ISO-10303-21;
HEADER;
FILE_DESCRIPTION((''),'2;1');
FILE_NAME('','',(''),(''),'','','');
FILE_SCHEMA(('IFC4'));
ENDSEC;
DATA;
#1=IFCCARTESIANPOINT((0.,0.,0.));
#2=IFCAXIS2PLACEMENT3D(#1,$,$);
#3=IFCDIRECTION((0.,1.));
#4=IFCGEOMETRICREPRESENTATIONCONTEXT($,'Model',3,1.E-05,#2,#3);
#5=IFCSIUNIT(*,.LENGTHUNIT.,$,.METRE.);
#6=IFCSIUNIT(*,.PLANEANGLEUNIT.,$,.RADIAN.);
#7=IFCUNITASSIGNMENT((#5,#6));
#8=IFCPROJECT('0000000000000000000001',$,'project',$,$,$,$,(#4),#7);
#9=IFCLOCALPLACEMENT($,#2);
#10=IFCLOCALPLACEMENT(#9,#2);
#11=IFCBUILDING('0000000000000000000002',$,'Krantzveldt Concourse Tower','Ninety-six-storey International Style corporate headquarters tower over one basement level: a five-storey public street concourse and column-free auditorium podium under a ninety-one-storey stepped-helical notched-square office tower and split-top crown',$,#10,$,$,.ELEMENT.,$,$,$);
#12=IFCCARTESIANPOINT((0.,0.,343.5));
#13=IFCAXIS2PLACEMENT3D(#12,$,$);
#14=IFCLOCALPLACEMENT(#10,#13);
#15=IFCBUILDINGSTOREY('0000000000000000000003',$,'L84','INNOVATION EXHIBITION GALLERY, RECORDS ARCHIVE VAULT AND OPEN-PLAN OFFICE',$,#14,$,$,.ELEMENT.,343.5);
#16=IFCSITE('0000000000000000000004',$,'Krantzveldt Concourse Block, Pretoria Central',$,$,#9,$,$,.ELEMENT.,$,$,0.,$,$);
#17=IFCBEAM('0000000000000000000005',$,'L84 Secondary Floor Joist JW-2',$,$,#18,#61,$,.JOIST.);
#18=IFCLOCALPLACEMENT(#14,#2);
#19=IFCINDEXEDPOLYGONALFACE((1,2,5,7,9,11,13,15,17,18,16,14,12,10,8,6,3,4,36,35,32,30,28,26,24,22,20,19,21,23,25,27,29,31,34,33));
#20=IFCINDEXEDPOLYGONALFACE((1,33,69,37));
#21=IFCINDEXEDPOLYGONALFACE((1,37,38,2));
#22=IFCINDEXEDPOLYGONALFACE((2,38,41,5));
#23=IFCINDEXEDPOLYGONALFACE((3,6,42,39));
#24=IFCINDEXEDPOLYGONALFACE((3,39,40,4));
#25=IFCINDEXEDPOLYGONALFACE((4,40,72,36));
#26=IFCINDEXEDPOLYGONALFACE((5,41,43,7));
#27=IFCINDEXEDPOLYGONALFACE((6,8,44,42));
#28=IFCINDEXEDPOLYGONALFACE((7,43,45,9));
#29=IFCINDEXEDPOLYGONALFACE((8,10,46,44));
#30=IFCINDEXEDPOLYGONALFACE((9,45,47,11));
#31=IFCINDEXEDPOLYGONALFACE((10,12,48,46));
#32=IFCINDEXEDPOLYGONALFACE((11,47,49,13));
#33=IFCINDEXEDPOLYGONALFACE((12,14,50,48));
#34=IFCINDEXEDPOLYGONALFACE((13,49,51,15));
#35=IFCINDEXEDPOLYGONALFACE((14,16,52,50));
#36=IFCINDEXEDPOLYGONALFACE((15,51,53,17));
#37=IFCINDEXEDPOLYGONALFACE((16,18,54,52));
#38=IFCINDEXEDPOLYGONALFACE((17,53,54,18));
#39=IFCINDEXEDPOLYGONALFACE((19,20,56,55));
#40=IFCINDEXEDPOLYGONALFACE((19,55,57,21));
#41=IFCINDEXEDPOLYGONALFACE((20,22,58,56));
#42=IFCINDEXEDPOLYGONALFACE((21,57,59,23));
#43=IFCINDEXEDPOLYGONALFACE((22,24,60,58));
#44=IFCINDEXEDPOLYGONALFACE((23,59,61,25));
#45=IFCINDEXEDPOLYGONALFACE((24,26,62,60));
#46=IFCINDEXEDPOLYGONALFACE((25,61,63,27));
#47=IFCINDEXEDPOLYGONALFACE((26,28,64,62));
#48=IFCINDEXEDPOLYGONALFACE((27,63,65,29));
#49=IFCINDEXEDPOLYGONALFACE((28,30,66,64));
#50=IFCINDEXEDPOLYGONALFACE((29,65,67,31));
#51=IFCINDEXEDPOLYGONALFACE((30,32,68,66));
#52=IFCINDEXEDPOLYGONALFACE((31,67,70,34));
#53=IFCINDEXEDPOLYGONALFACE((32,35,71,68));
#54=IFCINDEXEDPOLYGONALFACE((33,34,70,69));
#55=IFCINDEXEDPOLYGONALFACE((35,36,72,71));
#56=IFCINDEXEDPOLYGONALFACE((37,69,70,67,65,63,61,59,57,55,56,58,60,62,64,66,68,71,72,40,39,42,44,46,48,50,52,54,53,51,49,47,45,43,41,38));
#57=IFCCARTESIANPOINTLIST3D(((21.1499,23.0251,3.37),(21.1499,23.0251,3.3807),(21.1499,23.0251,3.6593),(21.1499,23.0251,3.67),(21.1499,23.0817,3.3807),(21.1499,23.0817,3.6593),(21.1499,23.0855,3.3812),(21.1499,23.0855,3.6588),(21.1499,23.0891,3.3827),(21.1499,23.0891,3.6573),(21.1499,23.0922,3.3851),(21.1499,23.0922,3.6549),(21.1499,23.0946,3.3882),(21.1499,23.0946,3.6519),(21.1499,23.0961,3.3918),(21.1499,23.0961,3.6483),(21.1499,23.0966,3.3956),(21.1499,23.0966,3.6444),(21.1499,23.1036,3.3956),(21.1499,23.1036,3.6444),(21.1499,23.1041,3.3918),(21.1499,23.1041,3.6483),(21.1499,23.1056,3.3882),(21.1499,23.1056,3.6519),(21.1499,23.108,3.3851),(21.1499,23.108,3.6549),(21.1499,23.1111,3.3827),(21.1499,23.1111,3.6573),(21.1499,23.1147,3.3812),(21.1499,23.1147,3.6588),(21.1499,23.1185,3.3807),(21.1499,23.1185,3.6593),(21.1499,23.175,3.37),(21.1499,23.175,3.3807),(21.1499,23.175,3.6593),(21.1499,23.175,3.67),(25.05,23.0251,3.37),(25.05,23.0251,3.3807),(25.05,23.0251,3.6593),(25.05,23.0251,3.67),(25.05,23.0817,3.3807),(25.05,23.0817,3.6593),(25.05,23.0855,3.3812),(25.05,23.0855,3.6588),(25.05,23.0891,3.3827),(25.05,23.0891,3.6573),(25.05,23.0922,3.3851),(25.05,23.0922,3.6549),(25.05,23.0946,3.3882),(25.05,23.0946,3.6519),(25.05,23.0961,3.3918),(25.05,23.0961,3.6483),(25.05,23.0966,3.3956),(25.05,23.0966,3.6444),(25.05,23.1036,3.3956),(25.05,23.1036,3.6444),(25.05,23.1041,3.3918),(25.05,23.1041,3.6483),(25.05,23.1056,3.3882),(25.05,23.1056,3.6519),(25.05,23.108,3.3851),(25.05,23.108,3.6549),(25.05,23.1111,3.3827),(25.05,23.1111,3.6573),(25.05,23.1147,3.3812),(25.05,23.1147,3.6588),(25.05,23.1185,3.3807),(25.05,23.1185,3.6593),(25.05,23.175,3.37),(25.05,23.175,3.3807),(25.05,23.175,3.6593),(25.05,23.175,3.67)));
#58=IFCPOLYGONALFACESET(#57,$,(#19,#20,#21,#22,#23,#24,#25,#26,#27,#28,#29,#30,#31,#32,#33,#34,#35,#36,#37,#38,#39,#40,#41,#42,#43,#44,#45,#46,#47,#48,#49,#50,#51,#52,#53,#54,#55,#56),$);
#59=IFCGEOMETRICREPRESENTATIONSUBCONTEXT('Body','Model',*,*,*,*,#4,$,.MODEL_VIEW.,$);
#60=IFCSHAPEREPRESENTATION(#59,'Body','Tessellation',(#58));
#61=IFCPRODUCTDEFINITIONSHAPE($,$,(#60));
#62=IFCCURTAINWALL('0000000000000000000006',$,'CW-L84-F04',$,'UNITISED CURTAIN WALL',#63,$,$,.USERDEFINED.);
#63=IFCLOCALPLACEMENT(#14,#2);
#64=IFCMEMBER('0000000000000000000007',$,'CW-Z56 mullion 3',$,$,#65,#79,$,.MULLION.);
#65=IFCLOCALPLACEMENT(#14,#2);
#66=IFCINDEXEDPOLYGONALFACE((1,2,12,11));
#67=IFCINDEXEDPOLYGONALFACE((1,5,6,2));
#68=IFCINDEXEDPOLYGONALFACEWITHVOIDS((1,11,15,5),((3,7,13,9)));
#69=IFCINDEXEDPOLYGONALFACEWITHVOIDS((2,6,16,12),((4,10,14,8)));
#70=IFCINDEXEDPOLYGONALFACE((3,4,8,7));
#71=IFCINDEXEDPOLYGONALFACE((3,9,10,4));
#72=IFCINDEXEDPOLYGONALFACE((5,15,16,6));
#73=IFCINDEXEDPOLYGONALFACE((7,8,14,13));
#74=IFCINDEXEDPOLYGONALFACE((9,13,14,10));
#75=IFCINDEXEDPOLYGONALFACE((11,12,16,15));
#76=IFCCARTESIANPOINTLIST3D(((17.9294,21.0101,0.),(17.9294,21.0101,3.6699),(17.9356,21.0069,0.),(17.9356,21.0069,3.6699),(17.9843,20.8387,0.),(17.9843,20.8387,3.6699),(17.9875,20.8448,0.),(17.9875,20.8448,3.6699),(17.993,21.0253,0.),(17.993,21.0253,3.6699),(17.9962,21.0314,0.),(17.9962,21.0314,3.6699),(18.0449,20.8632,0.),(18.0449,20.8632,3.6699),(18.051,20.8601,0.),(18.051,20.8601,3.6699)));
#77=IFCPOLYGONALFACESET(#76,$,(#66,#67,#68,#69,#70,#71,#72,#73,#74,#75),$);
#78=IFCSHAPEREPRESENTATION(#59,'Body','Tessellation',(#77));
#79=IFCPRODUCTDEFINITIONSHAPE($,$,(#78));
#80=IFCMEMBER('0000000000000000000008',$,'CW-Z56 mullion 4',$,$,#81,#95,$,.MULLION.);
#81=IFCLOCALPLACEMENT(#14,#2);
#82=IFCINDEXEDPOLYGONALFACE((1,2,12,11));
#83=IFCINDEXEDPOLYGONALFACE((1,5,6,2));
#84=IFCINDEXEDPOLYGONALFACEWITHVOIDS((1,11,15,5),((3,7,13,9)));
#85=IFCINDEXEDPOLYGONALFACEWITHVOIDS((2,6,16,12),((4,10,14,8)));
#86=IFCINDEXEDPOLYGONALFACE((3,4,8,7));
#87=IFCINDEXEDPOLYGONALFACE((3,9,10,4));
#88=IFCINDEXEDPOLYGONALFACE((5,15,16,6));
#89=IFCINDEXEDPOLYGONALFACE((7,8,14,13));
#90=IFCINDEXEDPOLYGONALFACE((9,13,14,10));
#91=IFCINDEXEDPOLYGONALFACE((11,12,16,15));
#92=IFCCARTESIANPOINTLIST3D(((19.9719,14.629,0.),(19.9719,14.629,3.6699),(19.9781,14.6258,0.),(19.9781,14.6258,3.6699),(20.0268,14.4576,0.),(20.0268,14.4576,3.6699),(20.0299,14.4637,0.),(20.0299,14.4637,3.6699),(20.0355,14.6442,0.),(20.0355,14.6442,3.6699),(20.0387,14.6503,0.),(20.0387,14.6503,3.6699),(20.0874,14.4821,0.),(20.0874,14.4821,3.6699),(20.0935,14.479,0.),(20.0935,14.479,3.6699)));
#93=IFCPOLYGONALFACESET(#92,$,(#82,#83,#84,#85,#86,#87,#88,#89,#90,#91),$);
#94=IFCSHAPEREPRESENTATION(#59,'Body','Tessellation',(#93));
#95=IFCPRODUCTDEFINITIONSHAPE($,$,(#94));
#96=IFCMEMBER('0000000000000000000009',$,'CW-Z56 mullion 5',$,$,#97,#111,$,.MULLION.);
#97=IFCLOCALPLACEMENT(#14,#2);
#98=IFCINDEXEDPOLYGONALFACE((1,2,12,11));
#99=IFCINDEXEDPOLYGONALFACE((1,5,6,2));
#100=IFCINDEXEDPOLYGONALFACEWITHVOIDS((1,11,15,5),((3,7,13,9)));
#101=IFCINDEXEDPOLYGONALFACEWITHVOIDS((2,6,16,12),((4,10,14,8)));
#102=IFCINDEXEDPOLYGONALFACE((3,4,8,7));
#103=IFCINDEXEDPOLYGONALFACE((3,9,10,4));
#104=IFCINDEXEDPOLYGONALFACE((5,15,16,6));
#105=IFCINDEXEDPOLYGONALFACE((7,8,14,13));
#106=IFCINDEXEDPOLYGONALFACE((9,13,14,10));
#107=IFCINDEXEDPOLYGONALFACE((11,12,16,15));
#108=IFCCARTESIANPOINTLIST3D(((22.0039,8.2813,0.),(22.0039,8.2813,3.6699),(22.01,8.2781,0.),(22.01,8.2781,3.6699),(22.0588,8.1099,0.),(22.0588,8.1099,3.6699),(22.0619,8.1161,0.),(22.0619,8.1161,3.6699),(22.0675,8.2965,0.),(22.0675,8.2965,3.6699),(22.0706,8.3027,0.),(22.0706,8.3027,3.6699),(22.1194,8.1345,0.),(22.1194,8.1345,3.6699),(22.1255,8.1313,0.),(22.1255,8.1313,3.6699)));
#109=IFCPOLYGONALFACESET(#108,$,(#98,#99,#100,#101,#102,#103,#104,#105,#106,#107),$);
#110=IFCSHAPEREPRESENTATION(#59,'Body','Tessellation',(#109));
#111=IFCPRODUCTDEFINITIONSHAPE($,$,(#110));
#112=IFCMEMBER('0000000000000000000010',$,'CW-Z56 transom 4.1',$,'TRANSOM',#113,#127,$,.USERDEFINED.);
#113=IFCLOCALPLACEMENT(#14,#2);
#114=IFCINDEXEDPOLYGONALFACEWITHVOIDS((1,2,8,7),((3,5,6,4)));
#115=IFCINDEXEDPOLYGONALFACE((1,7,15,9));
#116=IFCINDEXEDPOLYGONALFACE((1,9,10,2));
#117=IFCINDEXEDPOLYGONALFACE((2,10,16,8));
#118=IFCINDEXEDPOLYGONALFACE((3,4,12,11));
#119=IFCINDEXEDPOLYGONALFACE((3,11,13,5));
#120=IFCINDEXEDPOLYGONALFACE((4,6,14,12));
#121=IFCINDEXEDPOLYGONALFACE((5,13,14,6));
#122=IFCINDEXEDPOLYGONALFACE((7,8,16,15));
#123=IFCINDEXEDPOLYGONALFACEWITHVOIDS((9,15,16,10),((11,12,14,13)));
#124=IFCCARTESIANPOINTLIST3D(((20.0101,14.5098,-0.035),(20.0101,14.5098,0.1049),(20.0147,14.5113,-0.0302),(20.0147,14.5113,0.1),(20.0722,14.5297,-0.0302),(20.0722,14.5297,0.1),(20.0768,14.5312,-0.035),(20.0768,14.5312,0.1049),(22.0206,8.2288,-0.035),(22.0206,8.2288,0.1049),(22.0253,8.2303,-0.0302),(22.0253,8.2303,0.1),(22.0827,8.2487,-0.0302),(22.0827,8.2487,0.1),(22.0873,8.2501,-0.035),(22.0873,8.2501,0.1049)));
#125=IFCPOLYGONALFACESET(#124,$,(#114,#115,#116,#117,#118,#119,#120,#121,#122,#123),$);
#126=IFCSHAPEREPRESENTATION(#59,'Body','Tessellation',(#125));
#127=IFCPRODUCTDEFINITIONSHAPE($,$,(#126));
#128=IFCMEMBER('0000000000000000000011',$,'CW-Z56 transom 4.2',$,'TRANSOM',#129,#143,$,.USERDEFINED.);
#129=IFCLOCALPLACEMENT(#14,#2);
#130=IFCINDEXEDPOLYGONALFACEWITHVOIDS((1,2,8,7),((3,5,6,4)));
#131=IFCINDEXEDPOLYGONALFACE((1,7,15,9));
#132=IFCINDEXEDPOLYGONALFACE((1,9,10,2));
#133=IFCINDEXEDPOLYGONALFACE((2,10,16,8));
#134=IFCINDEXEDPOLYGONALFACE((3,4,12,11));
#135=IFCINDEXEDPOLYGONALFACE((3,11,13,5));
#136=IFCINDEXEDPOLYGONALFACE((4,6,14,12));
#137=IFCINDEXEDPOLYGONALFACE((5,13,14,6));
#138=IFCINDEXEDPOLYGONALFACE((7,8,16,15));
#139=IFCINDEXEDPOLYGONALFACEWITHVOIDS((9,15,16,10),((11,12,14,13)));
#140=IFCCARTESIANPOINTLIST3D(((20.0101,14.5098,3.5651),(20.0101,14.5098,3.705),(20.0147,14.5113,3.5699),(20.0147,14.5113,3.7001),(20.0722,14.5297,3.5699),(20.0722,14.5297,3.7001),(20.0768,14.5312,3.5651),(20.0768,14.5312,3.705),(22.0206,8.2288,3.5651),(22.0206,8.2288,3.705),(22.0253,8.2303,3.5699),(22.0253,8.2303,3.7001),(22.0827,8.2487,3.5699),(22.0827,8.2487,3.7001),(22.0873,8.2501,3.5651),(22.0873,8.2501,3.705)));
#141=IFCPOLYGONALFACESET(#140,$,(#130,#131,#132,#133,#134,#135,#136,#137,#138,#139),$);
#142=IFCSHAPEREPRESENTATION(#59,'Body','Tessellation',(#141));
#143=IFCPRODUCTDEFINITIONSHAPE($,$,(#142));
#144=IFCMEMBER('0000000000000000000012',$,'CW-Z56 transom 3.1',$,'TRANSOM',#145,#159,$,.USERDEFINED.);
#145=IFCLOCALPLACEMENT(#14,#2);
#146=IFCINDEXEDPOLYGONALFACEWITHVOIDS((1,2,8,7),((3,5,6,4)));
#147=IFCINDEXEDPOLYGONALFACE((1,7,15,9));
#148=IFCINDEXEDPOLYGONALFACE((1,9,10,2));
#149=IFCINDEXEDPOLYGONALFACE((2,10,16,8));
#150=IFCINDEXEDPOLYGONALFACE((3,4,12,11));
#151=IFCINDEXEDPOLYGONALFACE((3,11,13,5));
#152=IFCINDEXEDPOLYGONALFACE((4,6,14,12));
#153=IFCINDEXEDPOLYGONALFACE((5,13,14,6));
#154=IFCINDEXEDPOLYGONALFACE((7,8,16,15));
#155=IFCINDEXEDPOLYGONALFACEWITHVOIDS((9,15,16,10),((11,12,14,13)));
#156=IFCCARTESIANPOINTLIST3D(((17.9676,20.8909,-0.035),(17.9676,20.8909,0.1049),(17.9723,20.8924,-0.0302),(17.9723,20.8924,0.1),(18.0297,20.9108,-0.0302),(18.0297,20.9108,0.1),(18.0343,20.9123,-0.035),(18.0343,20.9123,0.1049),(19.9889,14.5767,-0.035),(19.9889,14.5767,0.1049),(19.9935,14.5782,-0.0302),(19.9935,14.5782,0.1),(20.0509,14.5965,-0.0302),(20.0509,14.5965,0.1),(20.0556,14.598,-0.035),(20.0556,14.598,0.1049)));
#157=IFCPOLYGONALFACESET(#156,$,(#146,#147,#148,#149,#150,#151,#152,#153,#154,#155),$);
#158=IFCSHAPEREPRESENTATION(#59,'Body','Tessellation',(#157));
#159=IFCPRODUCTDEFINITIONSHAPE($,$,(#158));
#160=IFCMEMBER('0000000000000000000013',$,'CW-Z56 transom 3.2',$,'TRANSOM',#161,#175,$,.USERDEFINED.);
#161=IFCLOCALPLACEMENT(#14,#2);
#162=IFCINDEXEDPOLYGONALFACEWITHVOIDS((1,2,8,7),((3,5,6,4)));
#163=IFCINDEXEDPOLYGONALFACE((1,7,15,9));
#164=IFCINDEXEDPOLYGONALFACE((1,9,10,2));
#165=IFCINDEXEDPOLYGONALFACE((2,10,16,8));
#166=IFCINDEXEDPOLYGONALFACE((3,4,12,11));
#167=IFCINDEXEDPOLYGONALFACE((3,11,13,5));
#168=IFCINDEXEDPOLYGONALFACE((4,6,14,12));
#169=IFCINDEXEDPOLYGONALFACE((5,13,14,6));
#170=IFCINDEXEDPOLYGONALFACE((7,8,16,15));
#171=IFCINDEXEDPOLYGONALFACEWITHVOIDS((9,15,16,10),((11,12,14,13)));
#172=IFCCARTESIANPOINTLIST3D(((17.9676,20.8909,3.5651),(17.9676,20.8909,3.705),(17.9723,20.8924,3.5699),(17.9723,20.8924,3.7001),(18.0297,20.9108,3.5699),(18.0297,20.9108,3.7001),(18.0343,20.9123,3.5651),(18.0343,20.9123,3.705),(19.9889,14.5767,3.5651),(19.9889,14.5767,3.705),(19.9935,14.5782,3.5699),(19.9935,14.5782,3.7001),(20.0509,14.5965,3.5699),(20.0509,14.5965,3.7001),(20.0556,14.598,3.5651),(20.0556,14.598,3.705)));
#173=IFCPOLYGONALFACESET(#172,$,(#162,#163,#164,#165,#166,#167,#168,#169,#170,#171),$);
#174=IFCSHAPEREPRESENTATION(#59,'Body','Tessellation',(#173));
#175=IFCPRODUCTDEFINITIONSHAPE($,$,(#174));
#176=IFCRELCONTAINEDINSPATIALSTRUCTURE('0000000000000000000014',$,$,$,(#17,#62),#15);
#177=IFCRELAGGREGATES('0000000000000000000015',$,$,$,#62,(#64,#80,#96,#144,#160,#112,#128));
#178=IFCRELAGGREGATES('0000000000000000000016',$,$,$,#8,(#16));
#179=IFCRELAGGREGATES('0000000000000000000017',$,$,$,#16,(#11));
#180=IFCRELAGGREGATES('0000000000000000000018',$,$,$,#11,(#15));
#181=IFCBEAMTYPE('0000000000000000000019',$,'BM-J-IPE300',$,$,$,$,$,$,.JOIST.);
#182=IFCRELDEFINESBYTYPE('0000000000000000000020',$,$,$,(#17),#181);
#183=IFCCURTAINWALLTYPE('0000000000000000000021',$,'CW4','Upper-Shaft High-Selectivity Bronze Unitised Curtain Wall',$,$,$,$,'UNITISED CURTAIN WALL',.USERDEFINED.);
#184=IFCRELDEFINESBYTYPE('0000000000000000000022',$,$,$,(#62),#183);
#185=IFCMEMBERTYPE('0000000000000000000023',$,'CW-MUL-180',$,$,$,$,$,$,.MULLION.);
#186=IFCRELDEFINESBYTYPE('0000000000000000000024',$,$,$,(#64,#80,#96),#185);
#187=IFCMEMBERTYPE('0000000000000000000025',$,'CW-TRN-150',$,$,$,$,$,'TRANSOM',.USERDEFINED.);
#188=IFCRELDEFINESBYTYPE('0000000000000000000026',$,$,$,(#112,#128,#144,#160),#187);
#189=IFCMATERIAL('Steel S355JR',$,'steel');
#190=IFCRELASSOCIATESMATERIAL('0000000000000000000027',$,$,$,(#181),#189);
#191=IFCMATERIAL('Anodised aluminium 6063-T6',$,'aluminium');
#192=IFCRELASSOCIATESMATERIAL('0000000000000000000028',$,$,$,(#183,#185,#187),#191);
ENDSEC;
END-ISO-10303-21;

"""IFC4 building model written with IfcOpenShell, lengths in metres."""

from ifc_helpers import new_model, si_unit, direction, frame, origin, origin_2d, place, context, subcontext, project, spatial, hollow_rectangle, i_section, extrude, source, transform, mapped, material, material_profile, profile_set, type_object, type_shapes, element, aggregate, save


model = new_model("IFC4")

# Units and contexts
model_context = context("Model", 3, precision=1e-05, world=origin(), true_north=direction((0.0, 1.0)))
body_context = subcontext(model_context, "Body", "Model", "MODEL_VIEW")
ifc_project = project(units=[si_unit("LENGTHUNIT", "METRE"), si_unit("PLANEANGLEUNIT", "RADIAN")], contexts=[model_context])

# Site, building, storey
site_placement = place(None, origin())
site = spatial("IfcSite", under=ifc_project, at=site_placement, Name="Krantzveldt Concourse Block, Pretoria Central", CompositionType="ELEMENT", RefElevation=0.0)
building_placement = place(site_placement, origin())
building = spatial("IfcBuilding", under=site, at=building_placement, Name="Krantzveldt Concourse Tower", Description="Ninety-six-storey International Style corporate headquarters tower over one basement level: a five-storey public street concourse and column-free auditorium podium under a ninety-one-storey stepped-helical notched-square office tower and split-top crown", CompositionType="ELEMENT")
storey_placement = place(building_placement, frame((0.0, 0.0, 343.5)))
storey = spatial("IfcBuildingStorey", under=building, at=storey_placement, Name="L84", Description="INNOVATION EXHIBITION GALLERY, RECORDS ARCHIVE VAULT AND OPEN-PLAN OFFICE", CompositionType="ELEMENT", Elevation=343.5)

# Beam
ifc_material_1 = material(Name="Steel S355JR", Category="steel")
ifc_material_profile_1 = material_profile(ifc_material_1, i_section(OverallWidth=0.1499, OverallDepth=0.3, WebThickness=0.0071, FlangeThickness=0.0107, FilletRadius=0.0149, at=origin_2d()), Name="Steel S355JR", Category="steel")
ifc_profile_set_1 = profile_set([ifc_material_profile_1], Name="Steel S355JR - IPE 300")
beam_type_1 = type_object("IfcBeamType", Name="BM-J-IPE300", PredefinedType="JOIST", material=ifc_profile_set_1)
shared_shape_1 = source(origin(), body_context, "Body", "SweptSolid", [
    extrude(i_section(OverallWidth=0.1499, OverallDepth=0.3, WebThickness=0.0071, FlangeThickness=0.0107, FilletRadius=0.0149, at=origin_2d()), origin(), (0.0, 0.0, 1.0), 3.9001),
])
type_shapes(beam_type_1, [shared_shape_1])
for number, where, z_axis, x_axis, name in (
    (1, (21.1499, 23.1001, 3.52), (1.0, 0.0, 0.0), (0.0, 1.0, 0.0), "L84 Secondary Floor Joist JW-2"),
):
    element("IfcBeam", number, at=place(storey_placement, frame(where, z_axis=z_axis, x_axis=x_axis)), inside=storey, type_object=beam_type_1, Name=name, PredefinedType="JOIST", context=body_context, shape_type="MappedRepresentation", body=[
        mapped(shared_shape_1, transform((0.0, 0.0, 0.0), x_axis=(1.0, 0.0, 0.0), y_axis=(0.0, 1.0, 0.0), z_axis=(0.0, 0.0, 1.0), scale=1.0)),
    ])

# Curtain wall, members
ifc_material_2 = material(Name="Anodised aluminium 6063-T6", Category="aluminium")
curtain_wall_type = type_object("IfcCurtainWallType", Name="CW4", Description="Upper-Shaft High-Selectivity Bronze Unitised Curtain Wall", ElementType="UNITISED CURTAIN WALL", PredefinedType="USERDEFINED", material=ifc_material_2)
curtain_wall_placement = place(storey_placement, origin())
curtain_wall = element("IfcCurtainWall", 2, at=curtain_wall_placement, inside=storey, type_object=curtain_wall_type, Name="CW-L84-F04", ObjectType="UNITISED CURTAIN WALL", PredefinedType="USERDEFINED")
ifc_material_profile_2 = material_profile(ifc_material_2, hollow_rectangle(XDim=0.0701, YDim=0.1799, WallThickness=0.0049, at=origin_2d()), Name="Anodised aluminium 6063-T6", Category="aluminium")
ifc_profile_set_2 = profile_set([ifc_material_profile_2], Name="Anodised aluminium 6063-T6 - ALU-MULL 180x70x5")
member_type_1 = type_object("IfcMemberType", Name="CW-MUL-180", PredefinedType="MULLION", material=ifc_profile_set_2)
shared_shape_2 = source(origin(), body_context, "Body", "SweptSolid", [
    extrude(hollow_rectangle(XDim=0.0701, YDim=0.1799, WallThickness=0.0049, at=origin_2d()), origin(), (0.0, 0.0, 1.0), 3.6699),
])
type_shapes(member_type_1, [shared_shape_2])
member_1_placement = place(storey_placement, frame((17.9902, 20.9351, 0.0), z_axis=(0.0, 0.0, 1.0), x_axis=(0.952396, 0.304864, 0.0)))
member_1 = element("IfcMember", 3, at=member_1_placement, type_object=member_type_1, Name="CW-Z56 mullion 3", PredefinedType="MULLION", context=body_context, shape_type="MappedRepresentation", body=[
    mapped(shared_shape_2, transform((0.0, 0.0, 0.0), x_axis=(1.0, 0.0, 0.0), y_axis=(0.0, 1.0, 0.0), z_axis=(0.0, 0.0, 1.0), scale=1.0)),
])
member_2_placement = place(storey_placement, frame((20.0327, 14.554, 0.0), z_axis=(0.0, 0.0, 1.0), x_axis=(0.952396, 0.304864, 0.0)))
member_2 = element("IfcMember", 4, at=member_2_placement, type_object=member_type_1, Name="CW-Z56 mullion 4", PredefinedType="MULLION", context=body_context, shape_type="MappedRepresentation", body=[
    mapped(shared_shape_2, transform((0.0, 0.0, 0.0), x_axis=(1.0, 0.0, 0.0), y_axis=(0.0, 1.0, 0.0), z_axis=(0.0, 0.0, 1.0), scale=1.0)),
])
member_3_placement = place(storey_placement, frame((22.0647, 8.2063, 0.0), z_axis=(0.0, 0.0, 1.0), x_axis=(0.952396, 0.304864, 0.0)))
member_3 = element("IfcMember", 5, at=member_3_placement, type_object=member_type_1, Name="CW-Z56 mullion 5", PredefinedType="MULLION", context=body_context, shape_type="MappedRepresentation", body=[
    mapped(shared_shape_2, transform((0.0, 0.0, 0.0), x_axis=(1.0, 0.0, 0.0), y_axis=(0.0, 1.0, 0.0), z_axis=(0.0, 0.0, 1.0), scale=1.0)),
])
ifc_material_profile_3 = material_profile(ifc_material_2, hollow_rectangle(XDim=0.0701, YDim=0.1399, WallThickness=0.0049, at=origin_2d()), Name="Anodised aluminium 6063-T6", Category="aluminium")
ifc_profile_set_3 = profile_set([ifc_material_profile_3], Name="Anodised aluminium 6063-T6 - ALU-TRAN 140x70x5")
member_type_2 = type_object("IfcMemberType", Name="CW-TRN-150", ElementType="TRANSOM", PredefinedType="USERDEFINED", material=ifc_profile_set_3)
shared_shape_3 = source(origin(), body_context, "Body", "SweptSolid", [
    extrude(hollow_rectangle(XDim=0.0701, YDim=0.1399, WallThickness=0.0049, at=origin_2d()), origin(), (0.0, 0.0, 1.0), 6.595),
])
member_4_placement = place(storey_placement, frame((20.0435, 14.5205, 0.0349), z_axis=(0.304855, -0.952399, 0.0), x_axis=(0.952399, 0.304855, 0.0)))
member_4 = element("IfcMember", 6, at=member_4_placement, type_object=member_type_2, Name="CW-Z56 transom 4.1", ObjectType="TRANSOM", PredefinedType="USERDEFINED", context=body_context, shape_type="MappedRepresentation", body=[
    mapped(shared_shape_3, transform((0.0, 0.0, 0.0), x_axis=(1.0, 0.0, 0.0), y_axis=(0.0, 1.0, 0.0), z_axis=(0.0, 0.0, 1.0), scale=1.0)),
])
member_5_placement = place(storey_placement, frame((20.0435, 14.5205, 3.635), z_axis=(0.304855, -0.952399, 0.0), x_axis=(0.952399, 0.304855, 0.0)))
member_5 = element("IfcMember", 7, at=member_5_placement, type_object=member_type_2, Name="CW-Z56 transom 4.2", ObjectType="TRANSOM", PredefinedType="USERDEFINED", context=body_context, shape_type="MappedRepresentation", body=[
    mapped(shared_shape_3, transform((0.0, 0.0, 0.0), x_axis=(1.0, 0.0, 0.0), y_axis=(0.0, 1.0, 0.0), z_axis=(0.0, 0.0, 1.0), scale=1.0)),
])
shared_shape_4 = source(origin(), body_context, "Body", "SweptSolid", [
    extrude(hollow_rectangle(XDim=0.0701, YDim=0.1399, WallThickness=0.0049, at=origin_2d()), origin(), (0.0, 0.0, 1.0), 6.6299),
])
type_shapes(member_type_2, [shared_shape_3, shared_shape_4])
member_6_placement = place(storey_placement, frame((18.001, 20.9016, 0.0349), z_axis=(0.304871, -0.952394, 0.0), x_axis=(0.952394, 0.304871, 0.0)))
member_6 = element("IfcMember", 8, at=member_6_placement, type_object=member_type_2, Name="CW-Z56 transom 3.1", ObjectType="TRANSOM", PredefinedType="USERDEFINED", context=body_context, shape_type="MappedRepresentation", body=[
    mapped(shared_shape_4, transform((0.0, 0.0, 0.0), x_axis=(1.0, 0.0, 0.0), y_axis=(0.0, 1.0, 0.0), z_axis=(0.0, 0.0, 1.0), scale=1.0)),
])
member_7_placement = place(storey_placement, frame((18.001, 20.9016, 3.635), z_axis=(0.304871, -0.952394, 0.0), x_axis=(0.952394, 0.304871, 0.0)))
member_7 = element("IfcMember", 9, at=member_7_placement, type_object=member_type_2, Name="CW-Z56 transom 3.2", ObjectType="TRANSOM", PredefinedType="USERDEFINED", context=body_context, shape_type="MappedRepresentation", body=[
    mapped(shared_shape_4, transform((0.0, 0.0, 0.0), x_axis=(1.0, 0.0, 0.0), y_axis=(0.0, 1.0, 0.0), z_axis=(0.0, 0.0, 1.0), scale=1.0)),
])

aggregate(curtain_wall, [member_1, member_2, member_3, member_6, member_7, member_4, member_5])

save(model, "model.ifc")
